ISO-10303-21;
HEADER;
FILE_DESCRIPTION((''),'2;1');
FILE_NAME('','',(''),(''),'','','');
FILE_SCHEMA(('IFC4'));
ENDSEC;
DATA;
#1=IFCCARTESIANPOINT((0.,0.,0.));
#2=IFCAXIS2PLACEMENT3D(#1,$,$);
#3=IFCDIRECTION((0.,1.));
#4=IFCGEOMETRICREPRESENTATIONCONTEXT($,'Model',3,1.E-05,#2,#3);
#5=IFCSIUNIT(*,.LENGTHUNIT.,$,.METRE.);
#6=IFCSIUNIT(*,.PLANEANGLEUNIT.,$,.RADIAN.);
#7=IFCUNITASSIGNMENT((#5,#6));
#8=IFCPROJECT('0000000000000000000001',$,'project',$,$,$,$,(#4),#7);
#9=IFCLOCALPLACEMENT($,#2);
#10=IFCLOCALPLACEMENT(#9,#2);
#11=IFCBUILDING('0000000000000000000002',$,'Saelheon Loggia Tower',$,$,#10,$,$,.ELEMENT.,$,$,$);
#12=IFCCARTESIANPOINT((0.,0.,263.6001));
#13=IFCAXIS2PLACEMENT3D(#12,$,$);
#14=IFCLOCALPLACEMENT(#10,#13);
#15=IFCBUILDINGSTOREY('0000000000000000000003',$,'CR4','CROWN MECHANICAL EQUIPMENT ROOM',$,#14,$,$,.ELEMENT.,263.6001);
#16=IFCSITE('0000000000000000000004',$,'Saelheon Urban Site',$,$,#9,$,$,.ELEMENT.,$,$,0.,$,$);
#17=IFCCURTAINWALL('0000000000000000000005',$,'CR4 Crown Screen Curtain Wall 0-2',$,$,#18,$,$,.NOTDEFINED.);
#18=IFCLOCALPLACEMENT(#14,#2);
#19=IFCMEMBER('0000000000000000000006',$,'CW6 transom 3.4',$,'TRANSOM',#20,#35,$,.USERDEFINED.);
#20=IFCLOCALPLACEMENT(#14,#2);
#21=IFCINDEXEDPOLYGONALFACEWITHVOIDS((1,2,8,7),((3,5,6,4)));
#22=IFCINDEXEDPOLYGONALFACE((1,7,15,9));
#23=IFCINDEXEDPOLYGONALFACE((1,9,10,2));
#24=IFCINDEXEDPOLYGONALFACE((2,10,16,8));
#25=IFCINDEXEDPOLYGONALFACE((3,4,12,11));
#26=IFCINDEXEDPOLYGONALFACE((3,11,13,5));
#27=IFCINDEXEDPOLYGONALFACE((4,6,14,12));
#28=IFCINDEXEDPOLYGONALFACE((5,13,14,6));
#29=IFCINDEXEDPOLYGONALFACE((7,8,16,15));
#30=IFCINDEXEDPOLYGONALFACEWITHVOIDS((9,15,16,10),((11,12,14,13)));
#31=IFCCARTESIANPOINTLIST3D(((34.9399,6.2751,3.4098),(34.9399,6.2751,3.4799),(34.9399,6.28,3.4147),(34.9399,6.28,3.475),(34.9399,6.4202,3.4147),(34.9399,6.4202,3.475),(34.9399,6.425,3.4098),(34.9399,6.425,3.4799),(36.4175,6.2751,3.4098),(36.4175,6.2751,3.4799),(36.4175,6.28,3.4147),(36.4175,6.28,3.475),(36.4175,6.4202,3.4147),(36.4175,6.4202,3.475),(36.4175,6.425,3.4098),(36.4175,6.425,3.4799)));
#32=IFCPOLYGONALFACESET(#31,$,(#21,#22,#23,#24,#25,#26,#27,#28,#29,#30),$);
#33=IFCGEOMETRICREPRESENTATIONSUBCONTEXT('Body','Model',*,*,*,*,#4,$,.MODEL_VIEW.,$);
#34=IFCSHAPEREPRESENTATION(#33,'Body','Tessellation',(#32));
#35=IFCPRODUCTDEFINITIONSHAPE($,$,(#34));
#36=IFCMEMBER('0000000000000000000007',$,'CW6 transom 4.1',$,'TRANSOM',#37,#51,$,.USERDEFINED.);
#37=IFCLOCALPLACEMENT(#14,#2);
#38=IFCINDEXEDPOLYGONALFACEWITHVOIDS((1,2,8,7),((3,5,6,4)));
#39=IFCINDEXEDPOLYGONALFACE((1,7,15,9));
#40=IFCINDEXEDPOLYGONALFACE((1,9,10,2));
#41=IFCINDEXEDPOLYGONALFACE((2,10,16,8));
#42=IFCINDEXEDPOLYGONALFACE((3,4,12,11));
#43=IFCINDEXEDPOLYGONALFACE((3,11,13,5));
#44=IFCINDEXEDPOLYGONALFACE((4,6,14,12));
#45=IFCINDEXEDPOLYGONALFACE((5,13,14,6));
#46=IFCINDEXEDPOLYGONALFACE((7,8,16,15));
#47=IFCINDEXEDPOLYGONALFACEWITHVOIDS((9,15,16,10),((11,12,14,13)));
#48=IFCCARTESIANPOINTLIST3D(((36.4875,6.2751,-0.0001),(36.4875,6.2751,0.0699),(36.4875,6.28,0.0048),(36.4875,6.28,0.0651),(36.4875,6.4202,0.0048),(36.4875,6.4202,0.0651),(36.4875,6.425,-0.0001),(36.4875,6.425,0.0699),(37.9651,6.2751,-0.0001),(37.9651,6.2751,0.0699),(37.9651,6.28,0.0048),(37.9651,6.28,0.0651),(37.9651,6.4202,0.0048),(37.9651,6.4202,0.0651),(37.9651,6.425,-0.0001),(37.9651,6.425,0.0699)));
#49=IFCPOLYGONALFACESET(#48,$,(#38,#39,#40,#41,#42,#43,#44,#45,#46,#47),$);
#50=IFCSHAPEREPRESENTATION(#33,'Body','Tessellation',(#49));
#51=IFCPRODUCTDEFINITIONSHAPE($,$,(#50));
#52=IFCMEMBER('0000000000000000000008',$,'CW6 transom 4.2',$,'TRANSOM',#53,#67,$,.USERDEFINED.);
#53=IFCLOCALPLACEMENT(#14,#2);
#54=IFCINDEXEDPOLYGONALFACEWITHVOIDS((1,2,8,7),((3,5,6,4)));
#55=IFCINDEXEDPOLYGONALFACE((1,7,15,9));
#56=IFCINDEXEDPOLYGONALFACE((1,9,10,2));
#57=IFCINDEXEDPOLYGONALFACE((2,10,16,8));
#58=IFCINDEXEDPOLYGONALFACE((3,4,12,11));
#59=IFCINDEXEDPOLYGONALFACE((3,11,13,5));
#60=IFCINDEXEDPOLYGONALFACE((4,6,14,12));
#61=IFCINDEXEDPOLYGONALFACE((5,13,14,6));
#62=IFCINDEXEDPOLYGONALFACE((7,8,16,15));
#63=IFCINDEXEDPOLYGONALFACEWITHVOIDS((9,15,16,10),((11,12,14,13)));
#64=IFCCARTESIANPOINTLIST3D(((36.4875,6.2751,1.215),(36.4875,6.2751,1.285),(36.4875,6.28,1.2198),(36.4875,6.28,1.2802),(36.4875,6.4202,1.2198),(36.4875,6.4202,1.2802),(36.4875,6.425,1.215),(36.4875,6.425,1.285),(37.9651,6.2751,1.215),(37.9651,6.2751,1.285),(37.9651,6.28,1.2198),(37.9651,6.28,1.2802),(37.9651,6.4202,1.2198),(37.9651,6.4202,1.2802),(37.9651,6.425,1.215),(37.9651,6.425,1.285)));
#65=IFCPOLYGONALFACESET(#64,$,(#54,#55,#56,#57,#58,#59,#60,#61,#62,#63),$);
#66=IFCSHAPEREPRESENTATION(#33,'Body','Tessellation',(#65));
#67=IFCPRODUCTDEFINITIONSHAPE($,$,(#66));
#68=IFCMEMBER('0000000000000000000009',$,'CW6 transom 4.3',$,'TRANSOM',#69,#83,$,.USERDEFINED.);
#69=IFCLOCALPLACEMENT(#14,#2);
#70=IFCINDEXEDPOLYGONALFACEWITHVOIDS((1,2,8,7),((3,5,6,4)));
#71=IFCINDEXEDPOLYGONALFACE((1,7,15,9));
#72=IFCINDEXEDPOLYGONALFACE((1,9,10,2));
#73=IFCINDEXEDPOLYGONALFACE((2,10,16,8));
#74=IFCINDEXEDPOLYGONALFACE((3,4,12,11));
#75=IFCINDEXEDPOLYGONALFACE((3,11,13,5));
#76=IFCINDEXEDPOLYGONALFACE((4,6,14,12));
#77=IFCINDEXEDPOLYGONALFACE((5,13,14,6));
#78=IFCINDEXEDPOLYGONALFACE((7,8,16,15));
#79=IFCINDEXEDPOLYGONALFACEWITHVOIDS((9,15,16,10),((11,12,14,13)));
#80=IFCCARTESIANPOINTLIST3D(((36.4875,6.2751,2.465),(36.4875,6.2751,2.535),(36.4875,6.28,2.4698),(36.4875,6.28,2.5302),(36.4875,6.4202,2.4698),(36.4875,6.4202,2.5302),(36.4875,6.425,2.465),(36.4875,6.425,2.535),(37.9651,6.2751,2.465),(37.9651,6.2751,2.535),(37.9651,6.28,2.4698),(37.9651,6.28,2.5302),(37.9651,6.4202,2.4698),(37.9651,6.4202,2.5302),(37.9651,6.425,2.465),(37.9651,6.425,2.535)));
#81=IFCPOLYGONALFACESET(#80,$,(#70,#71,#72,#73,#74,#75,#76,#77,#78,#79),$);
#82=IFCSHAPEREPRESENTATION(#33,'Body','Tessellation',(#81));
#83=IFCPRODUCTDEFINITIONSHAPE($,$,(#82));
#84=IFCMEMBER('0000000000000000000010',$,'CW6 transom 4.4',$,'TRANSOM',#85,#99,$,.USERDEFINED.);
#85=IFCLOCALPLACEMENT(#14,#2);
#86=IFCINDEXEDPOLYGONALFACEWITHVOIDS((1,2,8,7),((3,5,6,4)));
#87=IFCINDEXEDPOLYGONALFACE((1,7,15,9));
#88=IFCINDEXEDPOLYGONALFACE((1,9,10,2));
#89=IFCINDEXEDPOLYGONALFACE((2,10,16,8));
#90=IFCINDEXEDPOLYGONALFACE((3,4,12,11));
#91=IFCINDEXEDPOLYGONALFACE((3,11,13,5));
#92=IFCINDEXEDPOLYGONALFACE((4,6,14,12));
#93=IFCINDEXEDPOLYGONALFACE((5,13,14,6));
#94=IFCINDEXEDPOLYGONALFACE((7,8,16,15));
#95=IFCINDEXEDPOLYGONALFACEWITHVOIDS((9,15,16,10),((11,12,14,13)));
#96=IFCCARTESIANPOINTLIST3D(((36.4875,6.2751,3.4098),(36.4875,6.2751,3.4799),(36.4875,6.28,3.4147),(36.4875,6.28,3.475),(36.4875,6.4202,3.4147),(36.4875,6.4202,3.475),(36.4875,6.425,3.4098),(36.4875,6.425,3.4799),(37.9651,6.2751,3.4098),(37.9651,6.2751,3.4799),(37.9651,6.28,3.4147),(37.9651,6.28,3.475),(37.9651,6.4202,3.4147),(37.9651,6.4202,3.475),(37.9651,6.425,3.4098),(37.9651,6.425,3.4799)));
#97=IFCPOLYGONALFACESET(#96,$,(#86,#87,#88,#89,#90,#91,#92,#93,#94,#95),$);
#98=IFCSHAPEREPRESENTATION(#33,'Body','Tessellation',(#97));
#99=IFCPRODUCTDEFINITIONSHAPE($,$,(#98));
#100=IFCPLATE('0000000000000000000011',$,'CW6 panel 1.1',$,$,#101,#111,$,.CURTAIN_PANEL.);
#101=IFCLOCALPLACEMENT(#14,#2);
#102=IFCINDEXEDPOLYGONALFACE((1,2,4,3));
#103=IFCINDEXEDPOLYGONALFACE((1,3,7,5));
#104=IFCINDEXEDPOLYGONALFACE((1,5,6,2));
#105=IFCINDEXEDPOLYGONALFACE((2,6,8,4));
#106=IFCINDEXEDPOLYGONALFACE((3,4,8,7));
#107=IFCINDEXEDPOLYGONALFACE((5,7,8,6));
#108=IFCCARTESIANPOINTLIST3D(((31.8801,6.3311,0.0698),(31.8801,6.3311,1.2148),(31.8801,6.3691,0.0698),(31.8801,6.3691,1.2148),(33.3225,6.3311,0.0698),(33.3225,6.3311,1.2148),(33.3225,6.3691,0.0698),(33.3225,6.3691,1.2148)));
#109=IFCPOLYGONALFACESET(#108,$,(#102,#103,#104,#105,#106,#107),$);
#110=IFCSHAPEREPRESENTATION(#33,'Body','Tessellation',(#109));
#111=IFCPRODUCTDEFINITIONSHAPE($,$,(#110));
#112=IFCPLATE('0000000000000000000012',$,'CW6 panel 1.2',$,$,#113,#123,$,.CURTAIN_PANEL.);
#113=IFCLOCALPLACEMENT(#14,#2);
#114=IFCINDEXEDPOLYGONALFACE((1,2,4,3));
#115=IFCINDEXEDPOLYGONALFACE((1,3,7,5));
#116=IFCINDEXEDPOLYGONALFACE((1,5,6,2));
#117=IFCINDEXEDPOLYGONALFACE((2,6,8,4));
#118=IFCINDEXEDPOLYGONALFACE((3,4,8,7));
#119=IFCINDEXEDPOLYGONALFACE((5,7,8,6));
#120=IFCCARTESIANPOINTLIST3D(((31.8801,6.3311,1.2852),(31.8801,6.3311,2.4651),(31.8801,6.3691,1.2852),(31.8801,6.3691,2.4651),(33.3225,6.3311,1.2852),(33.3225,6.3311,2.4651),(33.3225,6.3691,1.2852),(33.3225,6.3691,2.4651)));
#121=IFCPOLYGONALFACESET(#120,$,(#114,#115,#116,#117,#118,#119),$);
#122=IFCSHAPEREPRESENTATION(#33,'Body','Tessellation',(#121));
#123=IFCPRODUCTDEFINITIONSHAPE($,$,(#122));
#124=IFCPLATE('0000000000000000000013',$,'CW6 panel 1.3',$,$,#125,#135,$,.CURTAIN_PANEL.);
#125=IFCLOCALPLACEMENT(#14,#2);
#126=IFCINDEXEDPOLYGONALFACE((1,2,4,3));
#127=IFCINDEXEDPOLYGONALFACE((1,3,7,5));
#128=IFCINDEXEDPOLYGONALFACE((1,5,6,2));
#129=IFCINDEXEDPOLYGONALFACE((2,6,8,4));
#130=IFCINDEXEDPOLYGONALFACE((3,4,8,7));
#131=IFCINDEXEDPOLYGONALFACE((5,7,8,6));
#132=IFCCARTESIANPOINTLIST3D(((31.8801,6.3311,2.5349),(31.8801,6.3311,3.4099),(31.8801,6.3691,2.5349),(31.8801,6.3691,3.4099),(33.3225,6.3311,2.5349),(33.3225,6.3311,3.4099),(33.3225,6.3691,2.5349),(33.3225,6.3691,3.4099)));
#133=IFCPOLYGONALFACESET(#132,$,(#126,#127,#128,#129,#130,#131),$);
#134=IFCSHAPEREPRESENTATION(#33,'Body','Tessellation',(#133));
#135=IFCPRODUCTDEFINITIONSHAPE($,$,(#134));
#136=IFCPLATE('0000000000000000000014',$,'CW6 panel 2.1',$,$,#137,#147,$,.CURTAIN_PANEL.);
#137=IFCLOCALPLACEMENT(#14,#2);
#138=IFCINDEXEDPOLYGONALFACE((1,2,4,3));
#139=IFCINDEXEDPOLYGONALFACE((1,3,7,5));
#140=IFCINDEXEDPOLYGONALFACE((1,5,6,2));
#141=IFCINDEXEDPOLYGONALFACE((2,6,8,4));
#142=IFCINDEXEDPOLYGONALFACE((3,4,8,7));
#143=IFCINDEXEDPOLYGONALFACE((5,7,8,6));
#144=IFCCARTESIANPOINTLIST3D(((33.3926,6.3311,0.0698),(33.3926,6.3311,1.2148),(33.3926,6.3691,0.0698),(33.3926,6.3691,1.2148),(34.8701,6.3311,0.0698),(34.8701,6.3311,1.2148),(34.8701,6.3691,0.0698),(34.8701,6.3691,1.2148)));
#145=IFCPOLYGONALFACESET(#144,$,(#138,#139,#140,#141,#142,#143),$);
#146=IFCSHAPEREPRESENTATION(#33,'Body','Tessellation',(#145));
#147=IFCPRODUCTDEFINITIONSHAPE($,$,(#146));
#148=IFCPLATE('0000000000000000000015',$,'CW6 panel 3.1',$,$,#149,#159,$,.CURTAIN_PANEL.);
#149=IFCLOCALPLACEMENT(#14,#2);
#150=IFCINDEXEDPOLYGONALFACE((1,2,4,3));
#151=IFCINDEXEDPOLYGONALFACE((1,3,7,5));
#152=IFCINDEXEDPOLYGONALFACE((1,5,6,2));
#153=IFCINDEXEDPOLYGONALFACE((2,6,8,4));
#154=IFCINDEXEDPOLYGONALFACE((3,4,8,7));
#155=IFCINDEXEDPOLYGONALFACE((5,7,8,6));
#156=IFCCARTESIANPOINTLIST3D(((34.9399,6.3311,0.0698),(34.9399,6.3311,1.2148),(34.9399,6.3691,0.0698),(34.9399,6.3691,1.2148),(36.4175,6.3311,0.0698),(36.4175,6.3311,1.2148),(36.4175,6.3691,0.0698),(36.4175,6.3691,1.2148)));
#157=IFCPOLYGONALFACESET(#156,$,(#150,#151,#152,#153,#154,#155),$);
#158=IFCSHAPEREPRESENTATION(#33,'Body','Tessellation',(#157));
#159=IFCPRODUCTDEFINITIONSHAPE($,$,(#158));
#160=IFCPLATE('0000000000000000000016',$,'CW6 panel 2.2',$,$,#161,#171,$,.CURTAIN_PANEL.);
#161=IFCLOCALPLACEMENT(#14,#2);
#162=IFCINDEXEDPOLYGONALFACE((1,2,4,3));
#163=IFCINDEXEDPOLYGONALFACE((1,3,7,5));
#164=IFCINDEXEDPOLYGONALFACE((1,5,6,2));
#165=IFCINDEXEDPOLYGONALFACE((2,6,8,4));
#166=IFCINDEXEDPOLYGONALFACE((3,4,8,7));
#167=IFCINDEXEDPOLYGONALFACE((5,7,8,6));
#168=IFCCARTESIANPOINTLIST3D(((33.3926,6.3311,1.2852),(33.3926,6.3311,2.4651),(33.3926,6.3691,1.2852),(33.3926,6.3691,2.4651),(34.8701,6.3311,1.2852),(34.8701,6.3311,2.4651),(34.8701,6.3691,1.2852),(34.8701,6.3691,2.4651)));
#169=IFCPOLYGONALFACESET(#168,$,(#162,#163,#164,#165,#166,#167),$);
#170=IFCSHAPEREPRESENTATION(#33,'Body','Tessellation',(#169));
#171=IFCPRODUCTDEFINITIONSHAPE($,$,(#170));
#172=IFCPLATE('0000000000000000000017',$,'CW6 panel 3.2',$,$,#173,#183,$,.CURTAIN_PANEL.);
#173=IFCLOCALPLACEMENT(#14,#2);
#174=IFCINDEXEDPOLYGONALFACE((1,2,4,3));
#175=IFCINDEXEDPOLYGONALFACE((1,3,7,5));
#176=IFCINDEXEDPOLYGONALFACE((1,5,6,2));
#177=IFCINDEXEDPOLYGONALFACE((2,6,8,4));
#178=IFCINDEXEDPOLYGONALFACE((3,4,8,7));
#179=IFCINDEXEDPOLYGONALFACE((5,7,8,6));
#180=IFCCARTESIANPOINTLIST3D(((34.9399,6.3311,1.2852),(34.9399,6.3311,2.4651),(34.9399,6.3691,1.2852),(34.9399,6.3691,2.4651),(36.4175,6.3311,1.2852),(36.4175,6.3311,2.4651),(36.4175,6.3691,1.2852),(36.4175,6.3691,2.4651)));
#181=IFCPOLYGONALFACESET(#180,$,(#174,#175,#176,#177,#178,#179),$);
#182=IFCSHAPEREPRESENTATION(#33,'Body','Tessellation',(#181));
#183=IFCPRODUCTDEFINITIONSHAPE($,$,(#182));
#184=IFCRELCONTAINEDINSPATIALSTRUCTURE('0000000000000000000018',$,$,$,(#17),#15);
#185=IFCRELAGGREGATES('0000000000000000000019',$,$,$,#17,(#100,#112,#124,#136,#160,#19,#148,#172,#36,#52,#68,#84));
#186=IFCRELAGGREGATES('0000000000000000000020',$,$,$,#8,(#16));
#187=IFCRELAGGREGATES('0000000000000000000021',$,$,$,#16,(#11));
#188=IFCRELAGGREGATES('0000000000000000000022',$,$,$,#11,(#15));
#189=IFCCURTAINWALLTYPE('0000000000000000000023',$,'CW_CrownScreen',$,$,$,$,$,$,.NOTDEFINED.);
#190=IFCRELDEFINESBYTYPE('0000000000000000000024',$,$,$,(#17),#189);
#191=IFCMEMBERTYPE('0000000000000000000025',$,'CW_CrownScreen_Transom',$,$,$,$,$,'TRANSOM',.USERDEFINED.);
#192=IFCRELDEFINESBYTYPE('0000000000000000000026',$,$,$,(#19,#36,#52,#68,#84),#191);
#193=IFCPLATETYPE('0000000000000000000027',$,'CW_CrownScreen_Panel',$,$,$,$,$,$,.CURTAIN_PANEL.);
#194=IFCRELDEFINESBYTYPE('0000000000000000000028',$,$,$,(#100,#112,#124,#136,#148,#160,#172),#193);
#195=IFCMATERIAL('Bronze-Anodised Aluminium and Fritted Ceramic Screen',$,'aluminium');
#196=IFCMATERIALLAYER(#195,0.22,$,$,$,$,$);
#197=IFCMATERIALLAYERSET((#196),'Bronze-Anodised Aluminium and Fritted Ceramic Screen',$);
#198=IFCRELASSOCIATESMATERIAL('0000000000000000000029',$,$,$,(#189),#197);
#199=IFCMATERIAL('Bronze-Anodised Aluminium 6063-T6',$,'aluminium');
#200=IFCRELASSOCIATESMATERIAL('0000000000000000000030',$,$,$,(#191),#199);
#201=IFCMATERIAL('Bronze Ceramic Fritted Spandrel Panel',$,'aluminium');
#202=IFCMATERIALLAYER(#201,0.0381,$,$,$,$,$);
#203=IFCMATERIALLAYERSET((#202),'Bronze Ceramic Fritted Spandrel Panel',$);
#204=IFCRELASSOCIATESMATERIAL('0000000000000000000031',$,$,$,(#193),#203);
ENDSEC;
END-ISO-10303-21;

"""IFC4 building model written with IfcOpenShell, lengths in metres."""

from ifc_helpers import new_model, si_unit, direction, frame, origin, origin_2d, place, context, subcontext, project, spatial, rectangle, hollow_rectangle, extrude, source, transform, mapped, material, layer, layer_set, material_profile, profile_set, type_object, element, aggregate, save


model = new_model("IFC4")

# Units and contexts
model_context = context("Model", 3, precision=1e-05, world=origin(), true_north=direction((0.0, 1.0)))
body_context = subcontext(model_context, "Body", "Model", "MODEL_VIEW")
ifc_project = project(units=[si_unit("LENGTHUNIT", "METRE"), si_unit("PLANEANGLEUNIT", "RADIAN")], contexts=[model_context])

# Site, building, storey
site_placement = place(None, origin())
site = spatial("IfcSite", under=ifc_project, at=site_placement, Name="Saelheon Urban Site", CompositionType="ELEMENT", RefElevation=0.0)
building_placement = place(site_placement, origin())
building = spatial("IfcBuilding", under=site, at=building_placement, Name="Saelheon Loggia Tower", CompositionType="ELEMENT")
storey_placement = place(building_placement, frame((0.0, 0.0, 263.6001)))
storey = spatial("IfcBuildingStorey", under=building, at=storey_placement, Name="CR4", Description="CROWN MECHANICAL EQUIPMENT ROOM", CompositionType="ELEMENT", Elevation=263.6001)

# Curtain wall, members, plates
ifc_material_1 = material(Name="Bronze-Anodised Aluminium and Fritted Ceramic Screen", Category="aluminium")
ifc_layer_1 = layer(ifc_material_1, 0.22)
ifc_layer_set_1 = layer_set([ifc_layer_1], Name="Bronze-Anodised Aluminium and Fritted Ceramic Screen")
curtain_wall_type = type_object("IfcCurtainWallType", Name="CW_CrownScreen", PredefinedType="NOTDEFINED", material=ifc_layer_set_1)
curtain_wall_placement = place(storey_placement, origin())
curtain_wall = element("IfcCurtainWall", 1, at=curtain_wall_placement, inside=storey, type_object=curtain_wall_type, Name="CR4 Crown Screen Curtain Wall 0-2", PredefinedType="NOTDEFINED")
ifc_material_2 = material(Name="Bronze-Anodised Aluminium 6063-T6", Category="aluminium")
ifc_material_profile_1 = material_profile(ifc_material_2, hollow_rectangle(XDim=0.0701, YDim=0.1499, WallThickness=0.0049, at=origin_2d()), Name="RHS-150x70x5")
ifc_profile_set_1 = profile_set([ifc_material_profile_1], Name="Bronze-Anodised Aluminium 6063-T6")
member_type_1 = type_object("IfcMemberType", Name="CW_CrownScreen_Transom", ElementType="TRANSOM", PredefinedType="USERDEFINED", material=ifc_profile_set_1)
shared_shape_1 = source(origin(), body_context, "Body", "SweptSolid", [
    extrude(hollow_rectangle(XDim=0.0701, YDim=0.1499, WallThickness=0.0049, at=origin_2d()), origin(), (0.0, 0.0, 1.0), 1.4775),
])
member_1_placement = place(storey_placement, frame((34.9399, 6.3501, 3.4448), z_axis=(1.0, 0.0, 0.0), x_axis=(0.0, 0.0, 1.0)))
member_1 = element("IfcMember", 2, at=member_1_placement, type_object=member_type_1, Name="CW6 transom 3.4", ObjectType="TRANSOM", PredefinedType="USERDEFINED", context=body_context, shape_type="MappedRepresentation", body=[
    mapped(shared_shape_1, transform((0.0, 0.0, 0.0), scale=1.0)),
])
member_2_placement = place(storey_placement, frame((36.4875, 6.3501, 0.0349), z_axis=(1.0, 0.0, 0.0), x_axis=(0.0, 0.0, 1.0)))
member_2 = element("IfcMember", 3, at=member_2_placement, type_object=member_type_1, Name="CW6 transom 4.1", ObjectType="TRANSOM", PredefinedType="USERDEFINED", context=body_context, shape_type="MappedRepresentation", body=[
    mapped(shared_shape_1, transform((0.0, 0.0, 0.0), scale=1.0)),
])
member_3_placement = place(storey_placement, frame((36.4875, 6.3501, 1.25), z_axis=(1.0, 0.0, 0.0), x_axis=(0.0, 0.0, 1.0)))
member_3 = element("IfcMember", 4, at=member_3_placement, type_object=member_type_1, Name="CW6 transom 4.2", ObjectType="TRANSOM", PredefinedType="USERDEFINED", context=body_context, shape_type="MappedRepresentation", body=[
    mapped(shared_shape_1, transform((0.0, 0.0, 0.0), scale=1.0)),
])
member_4_placement = place(storey_placement, frame((36.4875, 6.3501, 2.5), z_axis=(1.0, 0.0, 0.0), x_axis=(0.0, 0.0, 1.0)))
member_4 = element("IfcMember", 5, at=member_4_placement, type_object=member_type_1, Name="CW6 transom 4.3", ObjectType="TRANSOM", PredefinedType="USERDEFINED", context=body_context, shape_type="MappedRepresentation", body=[
    mapped(shared_shape_1, transform((0.0, 0.0, 0.0), scale=1.0)),
])
member_5_placement = place(storey_placement, frame((36.4875, 6.3501, 3.4448), z_axis=(1.0, 0.0, 0.0), x_axis=(0.0, 0.0, 1.0)))
member_5 = element("IfcMember", 6, at=member_5_placement, type_object=member_type_1, Name="CW6 transom 4.4", ObjectType="TRANSOM", PredefinedType="USERDEFINED", context=body_context, shape_type="MappedRepresentation", body=[
    mapped(shared_shape_1, transform((0.0, 0.0, 0.0), scale=1.0)),
])
ifc_material_3 = material(Name="Bronze Ceramic Fritted Spandrel Panel", Category="aluminium")
ifc_layer_2 = layer(ifc_material_3, 0.0381)
ifc_layer_set_2 = layer_set([ifc_layer_2], Name="Bronze Ceramic Fritted Spandrel Panel")
plate_type = type_object("IfcPlateType", Name="CW_CrownScreen_Panel", PredefinedType="CURTAIN_PANEL", material=ifc_layer_set_2)
shared_shape_2 = source(origin(), body_context, "Body", "SweptSolid", [
    extrude(rectangle(XDim=1.4424, YDim=0.0381, at=origin_2d()), origin(), (0.0, 0.0, 1.0), 1.145),
])
plate_1_placement = place(storey_placement, frame((32.6013, 6.3501, 0.0698), z_axis=(0.0, 0.0, 1.0), x_axis=(1.0, 0.0, 0.0)))
plate_1 = element("IfcPlate", 7, at=plate_1_placement, type_object=plate_type, Name="CW6 panel 1.1", PredefinedType="CURTAIN_PANEL", context=body_context, shape_type="MappedRepresentation", body=[
    mapped(shared_shape_2, transform((0.0, 0.0, 0.0), scale=1.0)),
])
shared_shape_3 = source(origin(), body_context, "Body", "SweptSolid", [
    extrude(rectangle(XDim=1.4424, YDim=0.0381, at=origin_2d()), origin(), (0.0, 0.0, 1.0), 1.1799),
])
plate_2_placement = place(storey_placement, frame((32.6013, 6.3501, 1.2852), z_axis=(0.0, 0.0, 1.0), x_axis=(1.0, 0.0, 0.0)))
plate_2 = element("IfcPlate", 8, at=plate_2_placement, type_object=plate_type, Name="CW6 panel 1.2", PredefinedType="CURTAIN_PANEL", context=body_context, shape_type="MappedRepresentation", body=[
    mapped(shared_shape_3, transform((0.0, 0.0, 0.0), scale=1.0)),
])
shared_shape_4 = source(origin(), body_context, "Body", "SweptSolid", [
    extrude(rectangle(XDim=1.4424, YDim=0.0381, at=origin_2d()), origin(), (0.0, 0.0, 1.0), 0.875),
])
plate_3_placement = place(storey_placement, frame((32.6013, 6.3501, 2.5349), z_axis=(0.0, 0.0, 1.0), x_axis=(1.0, 0.0, 0.0)))
plate_3 = element("IfcPlate", 9, at=plate_3_placement, type_object=plate_type, Name="CW6 panel 1.3", PredefinedType="CURTAIN_PANEL", context=body_context, shape_type="MappedRepresentation", body=[
    mapped(shared_shape_4, transform((0.0, 0.0, 0.0), scale=1.0)),
])
shared_shape_5 = source(origin(), body_context, "Body", "SweptSolid", [
    extrude(rectangle(XDim=1.4775, YDim=0.0381, at=origin_2d()), origin(), (0.0, 0.0, 1.0), 1.145),
])
plate_4_placement = place(storey_placement, frame((34.1313, 6.3501, 0.0698), z_axis=(0.0, 0.0, 1.0), x_axis=(1.0, 0.0, 0.0)))
plate_4 = element("IfcPlate", 10, at=plate_4_placement, type_object=plate_type, Name="CW6 panel 2.1", PredefinedType="CURTAIN_PANEL", context=body_context, shape_type="MappedRepresentation", body=[
    mapped(shared_shape_5, transform((0.0, 0.0, 0.0), scale=1.0)),
])
plate_5_placement = place(storey_placement, frame((35.6787, 6.3501, 0.0698), z_axis=(0.0, 0.0, 1.0), x_axis=(1.0, 0.0, 0.0)))
plate_5 = element("IfcPlate", 11, at=plate_5_placement, type_object=plate_type, Name="CW6 panel 3.1", PredefinedType="CURTAIN_PANEL", context=body_context, shape_type="MappedRepresentation", body=[
    mapped(shared_shape_5, transform((0.0, 0.0, 0.0), scale=1.0)),
])
shared_shape_6 = source(origin(), body_context, "Body", "SweptSolid", [
    extrude(rectangle(XDim=1.4775, YDim=0.0381, at=origin_2d()), origin(), (0.0, 0.0, 1.0), 1.1799),
])
plate_6_placement = place(storey_placement, frame((34.1313, 6.3501, 1.2852), z_axis=(0.0, 0.0, 1.0), x_axis=(1.0, 0.0, 0.0)))
plate_6 = element("IfcPlate", 12, at=plate_6_placement, type_object=plate_type, Name="CW6 panel 2.2", PredefinedType="CURTAIN_PANEL", context=body_context, shape_type="MappedRepresentation", body=[
    mapped(shared_shape_6, transform((0.0, 0.0, 0.0), scale=1.0)),
])
plate_7_placement = place(storey_placement, frame((35.6787, 6.3501, 1.2852), z_axis=(0.0, 0.0, 1.0), x_axis=(1.0, 0.0, 0.0)))
plate_7 = element("IfcPlate", 13, at=plate_7_placement, type_object=plate_type, Name="CW6 panel 3.2", PredefinedType="CURTAIN_PANEL", context=body_context, shape_type="MappedRepresentation", body=[
    mapped(shared_shape_6, transform((0.0, 0.0, 0.0), scale=1.0)),
])
aggregate(curtain_wall, [plate_1, plate_2, plate_3, plate_4, plate_6, member_1, plate_5, plate_7, member_2, member_3, member_4, member_5])

save(model, "model.ifc")
